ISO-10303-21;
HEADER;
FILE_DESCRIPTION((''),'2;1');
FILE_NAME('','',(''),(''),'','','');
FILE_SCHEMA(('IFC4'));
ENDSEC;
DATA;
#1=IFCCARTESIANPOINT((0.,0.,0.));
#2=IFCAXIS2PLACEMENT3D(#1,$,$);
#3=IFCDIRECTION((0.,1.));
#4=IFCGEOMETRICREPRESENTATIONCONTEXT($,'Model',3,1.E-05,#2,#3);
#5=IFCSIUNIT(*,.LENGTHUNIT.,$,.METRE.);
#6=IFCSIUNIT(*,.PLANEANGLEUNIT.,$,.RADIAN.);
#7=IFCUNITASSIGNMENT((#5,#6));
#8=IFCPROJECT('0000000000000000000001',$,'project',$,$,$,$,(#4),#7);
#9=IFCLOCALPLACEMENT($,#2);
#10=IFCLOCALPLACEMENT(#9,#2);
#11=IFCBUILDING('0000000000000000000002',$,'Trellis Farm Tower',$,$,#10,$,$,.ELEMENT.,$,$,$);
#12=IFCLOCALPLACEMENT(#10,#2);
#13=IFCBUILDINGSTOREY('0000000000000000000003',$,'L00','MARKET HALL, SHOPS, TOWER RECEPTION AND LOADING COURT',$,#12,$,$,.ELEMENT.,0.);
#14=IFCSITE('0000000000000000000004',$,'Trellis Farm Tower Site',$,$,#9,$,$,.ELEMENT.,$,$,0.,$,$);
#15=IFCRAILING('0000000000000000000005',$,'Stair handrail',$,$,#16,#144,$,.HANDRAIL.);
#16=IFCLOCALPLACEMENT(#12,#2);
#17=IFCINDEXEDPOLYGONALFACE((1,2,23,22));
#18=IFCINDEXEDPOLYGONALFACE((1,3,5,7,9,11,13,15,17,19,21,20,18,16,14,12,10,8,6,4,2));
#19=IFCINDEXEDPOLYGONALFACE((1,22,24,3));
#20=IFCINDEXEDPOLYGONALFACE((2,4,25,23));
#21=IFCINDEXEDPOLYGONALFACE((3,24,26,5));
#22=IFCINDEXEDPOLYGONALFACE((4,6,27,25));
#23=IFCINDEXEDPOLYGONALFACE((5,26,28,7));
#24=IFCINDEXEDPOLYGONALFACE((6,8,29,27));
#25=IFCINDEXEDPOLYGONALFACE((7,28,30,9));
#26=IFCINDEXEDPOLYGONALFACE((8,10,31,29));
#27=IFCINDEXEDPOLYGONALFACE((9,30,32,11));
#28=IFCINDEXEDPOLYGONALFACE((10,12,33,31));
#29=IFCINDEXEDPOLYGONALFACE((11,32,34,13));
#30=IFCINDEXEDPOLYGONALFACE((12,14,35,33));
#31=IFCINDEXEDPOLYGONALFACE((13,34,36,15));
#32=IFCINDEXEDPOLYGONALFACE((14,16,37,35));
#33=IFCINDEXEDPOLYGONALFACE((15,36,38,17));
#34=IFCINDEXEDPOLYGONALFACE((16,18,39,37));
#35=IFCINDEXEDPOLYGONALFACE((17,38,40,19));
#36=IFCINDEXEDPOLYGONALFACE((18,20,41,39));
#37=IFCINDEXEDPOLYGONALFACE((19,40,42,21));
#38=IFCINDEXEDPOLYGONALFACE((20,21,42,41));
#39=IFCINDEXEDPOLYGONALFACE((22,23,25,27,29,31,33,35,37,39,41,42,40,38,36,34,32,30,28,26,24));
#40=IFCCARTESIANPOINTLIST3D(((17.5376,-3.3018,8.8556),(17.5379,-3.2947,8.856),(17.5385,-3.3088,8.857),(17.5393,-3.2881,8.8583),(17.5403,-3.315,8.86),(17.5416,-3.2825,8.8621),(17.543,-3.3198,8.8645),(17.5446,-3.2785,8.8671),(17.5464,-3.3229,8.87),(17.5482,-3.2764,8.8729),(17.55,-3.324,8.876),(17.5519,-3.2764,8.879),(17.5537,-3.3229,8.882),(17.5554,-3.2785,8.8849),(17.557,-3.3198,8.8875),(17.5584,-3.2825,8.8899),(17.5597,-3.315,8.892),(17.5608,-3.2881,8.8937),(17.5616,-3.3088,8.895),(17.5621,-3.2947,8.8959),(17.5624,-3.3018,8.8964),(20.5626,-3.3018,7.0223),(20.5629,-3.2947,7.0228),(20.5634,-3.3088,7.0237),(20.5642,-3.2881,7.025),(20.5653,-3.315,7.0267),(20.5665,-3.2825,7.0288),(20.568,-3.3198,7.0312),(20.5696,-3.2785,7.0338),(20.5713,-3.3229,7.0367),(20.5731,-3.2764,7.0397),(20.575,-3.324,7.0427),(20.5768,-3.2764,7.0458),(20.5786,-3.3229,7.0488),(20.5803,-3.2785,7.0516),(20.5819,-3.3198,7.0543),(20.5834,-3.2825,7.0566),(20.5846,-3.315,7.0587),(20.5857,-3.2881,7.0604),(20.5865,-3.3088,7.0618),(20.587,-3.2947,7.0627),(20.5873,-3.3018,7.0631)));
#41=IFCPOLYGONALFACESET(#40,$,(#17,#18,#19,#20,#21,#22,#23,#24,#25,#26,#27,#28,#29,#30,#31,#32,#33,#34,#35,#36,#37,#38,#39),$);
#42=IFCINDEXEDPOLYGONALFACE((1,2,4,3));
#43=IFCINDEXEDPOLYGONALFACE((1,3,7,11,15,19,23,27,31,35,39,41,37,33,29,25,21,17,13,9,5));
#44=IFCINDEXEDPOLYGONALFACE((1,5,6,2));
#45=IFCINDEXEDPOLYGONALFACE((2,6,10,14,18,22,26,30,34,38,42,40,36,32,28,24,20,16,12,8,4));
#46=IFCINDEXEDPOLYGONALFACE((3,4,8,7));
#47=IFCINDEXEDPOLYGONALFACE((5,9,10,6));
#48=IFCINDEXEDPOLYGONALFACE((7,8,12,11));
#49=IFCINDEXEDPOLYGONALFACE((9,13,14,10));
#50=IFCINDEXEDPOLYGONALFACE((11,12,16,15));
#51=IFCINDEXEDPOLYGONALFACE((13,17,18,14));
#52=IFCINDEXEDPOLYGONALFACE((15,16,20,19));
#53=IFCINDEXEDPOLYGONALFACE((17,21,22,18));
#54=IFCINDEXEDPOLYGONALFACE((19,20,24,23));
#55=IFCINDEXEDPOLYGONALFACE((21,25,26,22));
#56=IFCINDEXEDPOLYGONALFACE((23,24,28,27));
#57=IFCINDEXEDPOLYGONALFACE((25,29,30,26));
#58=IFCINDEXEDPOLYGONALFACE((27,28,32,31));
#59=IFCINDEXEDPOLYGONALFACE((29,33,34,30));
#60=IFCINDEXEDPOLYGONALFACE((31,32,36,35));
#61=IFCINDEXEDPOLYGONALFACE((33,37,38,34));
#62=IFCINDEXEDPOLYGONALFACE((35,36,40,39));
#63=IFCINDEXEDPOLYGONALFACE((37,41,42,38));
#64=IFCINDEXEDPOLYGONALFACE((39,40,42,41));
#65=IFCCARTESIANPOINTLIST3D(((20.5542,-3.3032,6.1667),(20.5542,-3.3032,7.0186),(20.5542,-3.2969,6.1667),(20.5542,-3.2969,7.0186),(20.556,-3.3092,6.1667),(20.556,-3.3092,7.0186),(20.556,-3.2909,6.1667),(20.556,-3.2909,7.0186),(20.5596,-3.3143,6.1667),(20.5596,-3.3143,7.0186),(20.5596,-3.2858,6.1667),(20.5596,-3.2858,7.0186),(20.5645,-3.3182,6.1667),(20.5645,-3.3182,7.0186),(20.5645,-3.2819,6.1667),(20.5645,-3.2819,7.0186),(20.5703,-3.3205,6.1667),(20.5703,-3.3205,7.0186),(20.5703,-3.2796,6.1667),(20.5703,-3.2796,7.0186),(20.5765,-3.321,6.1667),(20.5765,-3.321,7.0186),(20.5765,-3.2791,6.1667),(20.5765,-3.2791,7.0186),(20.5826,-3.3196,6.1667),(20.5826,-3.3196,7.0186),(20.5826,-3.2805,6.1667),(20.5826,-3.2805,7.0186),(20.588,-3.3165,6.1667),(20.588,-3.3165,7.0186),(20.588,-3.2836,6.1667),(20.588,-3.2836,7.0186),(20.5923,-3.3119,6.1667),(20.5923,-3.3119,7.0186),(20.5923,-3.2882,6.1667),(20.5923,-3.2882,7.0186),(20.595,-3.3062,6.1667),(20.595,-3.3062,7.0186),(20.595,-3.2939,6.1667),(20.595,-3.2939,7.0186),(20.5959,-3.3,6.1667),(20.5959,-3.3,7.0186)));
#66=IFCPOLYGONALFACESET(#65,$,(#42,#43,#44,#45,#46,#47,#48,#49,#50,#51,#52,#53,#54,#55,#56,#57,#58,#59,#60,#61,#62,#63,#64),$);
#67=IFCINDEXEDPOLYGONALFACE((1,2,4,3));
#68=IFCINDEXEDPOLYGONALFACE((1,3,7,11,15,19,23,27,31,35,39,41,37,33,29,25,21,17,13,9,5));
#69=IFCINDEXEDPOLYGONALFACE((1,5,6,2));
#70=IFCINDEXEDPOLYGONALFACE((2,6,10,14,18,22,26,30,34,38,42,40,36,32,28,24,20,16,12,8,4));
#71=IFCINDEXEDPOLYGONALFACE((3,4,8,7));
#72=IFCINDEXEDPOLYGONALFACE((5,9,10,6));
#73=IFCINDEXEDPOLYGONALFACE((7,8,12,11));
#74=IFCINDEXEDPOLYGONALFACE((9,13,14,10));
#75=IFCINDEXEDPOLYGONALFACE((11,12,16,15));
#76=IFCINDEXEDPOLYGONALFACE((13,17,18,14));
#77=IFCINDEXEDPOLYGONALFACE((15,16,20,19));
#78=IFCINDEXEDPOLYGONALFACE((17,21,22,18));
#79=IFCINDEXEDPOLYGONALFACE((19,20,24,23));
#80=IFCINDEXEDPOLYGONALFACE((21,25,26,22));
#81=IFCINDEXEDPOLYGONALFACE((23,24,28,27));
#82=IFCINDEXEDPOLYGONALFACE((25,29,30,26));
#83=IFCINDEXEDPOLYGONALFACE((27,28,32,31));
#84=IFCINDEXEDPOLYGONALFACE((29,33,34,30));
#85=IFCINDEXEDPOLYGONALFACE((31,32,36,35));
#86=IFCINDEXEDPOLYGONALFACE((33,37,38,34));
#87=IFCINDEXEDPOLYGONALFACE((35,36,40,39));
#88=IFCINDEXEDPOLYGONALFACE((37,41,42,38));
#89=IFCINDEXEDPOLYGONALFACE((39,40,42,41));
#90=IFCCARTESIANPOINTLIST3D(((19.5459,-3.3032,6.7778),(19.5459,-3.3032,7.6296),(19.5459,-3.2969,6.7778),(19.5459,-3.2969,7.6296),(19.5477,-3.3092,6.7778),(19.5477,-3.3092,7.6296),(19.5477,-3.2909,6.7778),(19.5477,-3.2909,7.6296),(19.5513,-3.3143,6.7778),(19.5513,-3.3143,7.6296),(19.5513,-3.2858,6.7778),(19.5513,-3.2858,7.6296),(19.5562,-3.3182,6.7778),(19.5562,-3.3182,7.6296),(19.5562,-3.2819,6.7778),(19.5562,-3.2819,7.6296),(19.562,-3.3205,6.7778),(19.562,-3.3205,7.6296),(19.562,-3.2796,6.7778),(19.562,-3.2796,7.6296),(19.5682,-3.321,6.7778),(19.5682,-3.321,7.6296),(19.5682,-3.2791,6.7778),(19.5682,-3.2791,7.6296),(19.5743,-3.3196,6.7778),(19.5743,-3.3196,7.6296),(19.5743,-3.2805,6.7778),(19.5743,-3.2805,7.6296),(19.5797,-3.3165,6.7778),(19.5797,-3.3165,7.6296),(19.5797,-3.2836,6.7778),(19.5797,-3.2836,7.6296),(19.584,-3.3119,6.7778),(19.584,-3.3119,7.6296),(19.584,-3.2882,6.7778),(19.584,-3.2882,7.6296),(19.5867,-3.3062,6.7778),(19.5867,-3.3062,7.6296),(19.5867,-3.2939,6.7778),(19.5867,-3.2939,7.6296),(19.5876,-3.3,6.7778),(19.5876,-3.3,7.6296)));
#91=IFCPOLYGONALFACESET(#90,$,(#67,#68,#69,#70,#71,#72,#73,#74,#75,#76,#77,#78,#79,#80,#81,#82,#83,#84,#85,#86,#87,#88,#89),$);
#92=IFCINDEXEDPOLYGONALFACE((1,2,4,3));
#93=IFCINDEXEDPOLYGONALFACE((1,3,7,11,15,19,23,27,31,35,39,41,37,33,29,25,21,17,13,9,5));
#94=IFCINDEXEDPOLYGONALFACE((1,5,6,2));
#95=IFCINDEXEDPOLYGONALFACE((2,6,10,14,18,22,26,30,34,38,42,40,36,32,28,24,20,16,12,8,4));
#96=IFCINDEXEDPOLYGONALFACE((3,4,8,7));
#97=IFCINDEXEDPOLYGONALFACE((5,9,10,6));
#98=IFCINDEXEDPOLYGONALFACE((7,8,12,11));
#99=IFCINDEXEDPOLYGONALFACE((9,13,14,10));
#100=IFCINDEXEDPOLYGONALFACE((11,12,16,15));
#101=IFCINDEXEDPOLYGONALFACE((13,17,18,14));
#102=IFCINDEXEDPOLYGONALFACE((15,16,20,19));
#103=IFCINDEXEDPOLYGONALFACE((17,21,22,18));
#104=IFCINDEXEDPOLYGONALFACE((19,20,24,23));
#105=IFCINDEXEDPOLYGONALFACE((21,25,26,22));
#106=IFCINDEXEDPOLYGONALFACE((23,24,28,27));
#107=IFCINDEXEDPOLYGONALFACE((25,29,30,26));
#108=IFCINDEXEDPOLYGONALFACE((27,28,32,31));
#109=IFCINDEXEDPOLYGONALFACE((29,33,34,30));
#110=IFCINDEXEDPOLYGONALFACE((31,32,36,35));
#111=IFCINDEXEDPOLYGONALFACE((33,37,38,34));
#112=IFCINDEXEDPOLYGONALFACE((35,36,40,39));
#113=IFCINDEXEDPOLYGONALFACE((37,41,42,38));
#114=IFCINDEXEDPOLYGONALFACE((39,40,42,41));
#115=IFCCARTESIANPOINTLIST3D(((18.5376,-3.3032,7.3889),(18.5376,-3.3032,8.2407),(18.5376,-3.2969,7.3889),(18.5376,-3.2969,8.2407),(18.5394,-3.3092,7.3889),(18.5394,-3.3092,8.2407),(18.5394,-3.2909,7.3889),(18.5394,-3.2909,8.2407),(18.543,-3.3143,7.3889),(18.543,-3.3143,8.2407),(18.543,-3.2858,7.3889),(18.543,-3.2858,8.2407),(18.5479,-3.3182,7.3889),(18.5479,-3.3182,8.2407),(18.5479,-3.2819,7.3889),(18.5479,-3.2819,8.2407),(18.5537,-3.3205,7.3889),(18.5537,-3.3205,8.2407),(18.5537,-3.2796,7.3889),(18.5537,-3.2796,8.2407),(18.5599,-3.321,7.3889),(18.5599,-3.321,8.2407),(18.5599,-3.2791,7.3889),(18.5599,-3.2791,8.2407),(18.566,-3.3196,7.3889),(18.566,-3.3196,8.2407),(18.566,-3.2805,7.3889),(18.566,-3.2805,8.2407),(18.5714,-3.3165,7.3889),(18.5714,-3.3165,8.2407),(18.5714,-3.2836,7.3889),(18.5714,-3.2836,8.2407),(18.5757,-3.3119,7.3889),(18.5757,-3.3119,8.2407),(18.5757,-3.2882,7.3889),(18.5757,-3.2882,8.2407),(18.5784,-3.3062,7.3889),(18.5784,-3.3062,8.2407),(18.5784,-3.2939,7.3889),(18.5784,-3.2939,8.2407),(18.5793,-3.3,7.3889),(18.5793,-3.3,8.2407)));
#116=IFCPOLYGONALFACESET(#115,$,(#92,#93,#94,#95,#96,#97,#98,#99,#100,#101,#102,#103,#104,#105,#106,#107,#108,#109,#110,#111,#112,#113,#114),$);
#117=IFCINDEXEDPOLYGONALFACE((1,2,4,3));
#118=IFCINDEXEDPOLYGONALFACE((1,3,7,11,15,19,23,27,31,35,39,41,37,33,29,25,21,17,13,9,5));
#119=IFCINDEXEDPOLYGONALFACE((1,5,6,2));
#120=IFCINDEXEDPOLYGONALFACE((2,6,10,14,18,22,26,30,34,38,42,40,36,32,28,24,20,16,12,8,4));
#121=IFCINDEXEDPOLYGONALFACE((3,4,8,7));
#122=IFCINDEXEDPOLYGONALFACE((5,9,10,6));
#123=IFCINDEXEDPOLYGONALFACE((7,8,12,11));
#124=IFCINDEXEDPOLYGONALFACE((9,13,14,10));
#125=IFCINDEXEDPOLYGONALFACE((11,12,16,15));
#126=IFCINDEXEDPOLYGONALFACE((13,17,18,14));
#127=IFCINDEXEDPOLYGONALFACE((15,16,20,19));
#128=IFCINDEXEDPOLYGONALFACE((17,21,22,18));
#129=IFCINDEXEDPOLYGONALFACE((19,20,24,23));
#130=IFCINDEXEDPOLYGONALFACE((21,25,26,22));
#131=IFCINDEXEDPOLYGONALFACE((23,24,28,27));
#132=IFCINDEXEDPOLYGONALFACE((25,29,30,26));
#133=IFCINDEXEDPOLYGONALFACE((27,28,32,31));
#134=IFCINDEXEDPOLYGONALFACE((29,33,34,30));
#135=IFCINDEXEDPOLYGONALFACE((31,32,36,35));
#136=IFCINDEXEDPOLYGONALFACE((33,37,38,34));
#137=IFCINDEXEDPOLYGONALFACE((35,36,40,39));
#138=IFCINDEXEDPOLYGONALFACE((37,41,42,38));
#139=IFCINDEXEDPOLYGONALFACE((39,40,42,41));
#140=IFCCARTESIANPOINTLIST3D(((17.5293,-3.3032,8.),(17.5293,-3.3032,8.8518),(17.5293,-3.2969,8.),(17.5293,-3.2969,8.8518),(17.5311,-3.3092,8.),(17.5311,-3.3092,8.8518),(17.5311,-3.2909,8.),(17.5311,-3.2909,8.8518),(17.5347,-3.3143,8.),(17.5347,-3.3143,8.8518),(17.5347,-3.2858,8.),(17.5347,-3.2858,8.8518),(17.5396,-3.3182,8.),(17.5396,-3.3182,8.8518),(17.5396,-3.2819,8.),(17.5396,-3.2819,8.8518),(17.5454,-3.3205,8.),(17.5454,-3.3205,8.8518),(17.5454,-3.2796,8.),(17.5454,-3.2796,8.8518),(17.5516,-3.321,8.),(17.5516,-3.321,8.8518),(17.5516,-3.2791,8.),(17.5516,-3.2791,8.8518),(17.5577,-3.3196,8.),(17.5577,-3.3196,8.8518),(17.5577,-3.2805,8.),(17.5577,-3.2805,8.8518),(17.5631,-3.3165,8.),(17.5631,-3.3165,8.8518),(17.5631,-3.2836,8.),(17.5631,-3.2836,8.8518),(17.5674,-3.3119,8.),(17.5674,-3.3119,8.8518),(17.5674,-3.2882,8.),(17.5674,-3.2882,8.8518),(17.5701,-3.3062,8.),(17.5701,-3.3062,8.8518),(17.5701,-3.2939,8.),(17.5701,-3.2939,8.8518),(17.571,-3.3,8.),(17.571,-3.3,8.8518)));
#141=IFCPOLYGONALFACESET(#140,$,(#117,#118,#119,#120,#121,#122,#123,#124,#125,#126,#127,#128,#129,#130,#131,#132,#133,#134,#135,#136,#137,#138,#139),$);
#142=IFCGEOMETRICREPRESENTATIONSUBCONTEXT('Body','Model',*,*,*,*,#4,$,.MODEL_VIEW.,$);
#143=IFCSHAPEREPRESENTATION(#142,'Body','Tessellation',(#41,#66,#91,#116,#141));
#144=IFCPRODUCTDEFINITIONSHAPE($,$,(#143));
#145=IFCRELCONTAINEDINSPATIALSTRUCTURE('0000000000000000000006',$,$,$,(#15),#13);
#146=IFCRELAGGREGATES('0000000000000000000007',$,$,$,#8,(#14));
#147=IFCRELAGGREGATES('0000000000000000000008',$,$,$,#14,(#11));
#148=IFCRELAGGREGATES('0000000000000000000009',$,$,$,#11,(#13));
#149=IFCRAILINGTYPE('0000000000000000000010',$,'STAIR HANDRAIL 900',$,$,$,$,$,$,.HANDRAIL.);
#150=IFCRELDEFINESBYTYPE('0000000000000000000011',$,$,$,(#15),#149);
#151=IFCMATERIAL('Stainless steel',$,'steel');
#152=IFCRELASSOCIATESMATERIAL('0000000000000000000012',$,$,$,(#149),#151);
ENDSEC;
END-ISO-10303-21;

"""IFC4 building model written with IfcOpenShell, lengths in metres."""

from ifc_helpers import new_model, si_unit, direction, frame, origin, origin_2d, place, context, subcontext, project, spatial, circle, extrude, source, transform, mapped, material, type_object, element, save


model = new_model("IFC4")

# Units and contexts
model_context = context("Model", 3, precision=1e-05, world=origin(), true_north=direction((0.0, 1.0)))
body_context = subcontext(model_context, "Body", "Model", "MODEL_VIEW")
ifc_project = project(units=[si_unit("LENGTHUNIT", "METRE"), si_unit("PLANEANGLEUNIT", "RADIAN")], contexts=[model_context])

# Site, building, storey
site_placement = place(None, origin())
site = spatial("IfcSite", under=ifc_project, at=site_placement, Name="Trellis Farm Tower Site", CompositionType="ELEMENT", RefElevation=0.0)
building_placement = place(site_placement, origin())
building = spatial("IfcBuilding", under=site, at=building_placement, Name="Trellis Farm Tower", CompositionType="ELEMENT")
storey_placement = place(building_placement, origin())
storey = spatial("IfcBuildingStorey", under=building, at=storey_placement, Name="L00", Description="MARKET HALL, SHOPS, TOWER RECEPTION AND LOADING COURT", CompositionType="ELEMENT", Elevation=0.0)

# Railing
ifc_material_1 = material(Name="Stainless steel", Category="steel")
railing_type = type_object("IfcRailingType", Name="STAIR HANDRAIL 900", PredefinedType="HANDRAIL", material=ifc_material_1)
shared_shape_1 = source(origin(), body_context, "Body", "SweptSolid", [
    extrude(circle(Radius=0.0239, at=origin_2d()), frame((0.0, 0.0, 0.876), z_axis=(-0.855201, 0.0, 0.518297), x_axis=(0.0, -1.0, 0.0)), (0.0, 0.0, 1.0), 3.5371),
    extrude(circle(Radius=0.021, at=origin_2d()), origin(), (0.0, 0.0, 1.0), 0.8518),
    extrude(circle(Radius=0.021, at=origin_2d()), frame((-1.0083, 0.0, 0.6111)), (0.0, 0.0, 1.0), 0.8518),
    extrude(circle(Radius=0.021, at=origin_2d()), frame((-2.0166, 0.0, 1.2222)), (0.0, 0.0, 1.0), 0.8518),
    extrude(circle(Radius=0.021, at=origin_2d()), frame((-3.0249, 0.0, 1.8333)), (0.0, 0.0, 1.0), 0.8518),
])
for number, where, name in (
    (1, (20.575, -3.3, 6.1667), "Stair handrail"),
):
    element("IfcRailing", number, at=place(storey_placement, frame(where)), inside=storey, type_object=railing_type, Name=name, PredefinedType="HANDRAIL", context=body_context, shape_type="MappedRepresentation", body=[
        mapped(shared_shape_1, transform((0.0, 0.0, 0.0))),
    ])

save(model, "model.ifc")
